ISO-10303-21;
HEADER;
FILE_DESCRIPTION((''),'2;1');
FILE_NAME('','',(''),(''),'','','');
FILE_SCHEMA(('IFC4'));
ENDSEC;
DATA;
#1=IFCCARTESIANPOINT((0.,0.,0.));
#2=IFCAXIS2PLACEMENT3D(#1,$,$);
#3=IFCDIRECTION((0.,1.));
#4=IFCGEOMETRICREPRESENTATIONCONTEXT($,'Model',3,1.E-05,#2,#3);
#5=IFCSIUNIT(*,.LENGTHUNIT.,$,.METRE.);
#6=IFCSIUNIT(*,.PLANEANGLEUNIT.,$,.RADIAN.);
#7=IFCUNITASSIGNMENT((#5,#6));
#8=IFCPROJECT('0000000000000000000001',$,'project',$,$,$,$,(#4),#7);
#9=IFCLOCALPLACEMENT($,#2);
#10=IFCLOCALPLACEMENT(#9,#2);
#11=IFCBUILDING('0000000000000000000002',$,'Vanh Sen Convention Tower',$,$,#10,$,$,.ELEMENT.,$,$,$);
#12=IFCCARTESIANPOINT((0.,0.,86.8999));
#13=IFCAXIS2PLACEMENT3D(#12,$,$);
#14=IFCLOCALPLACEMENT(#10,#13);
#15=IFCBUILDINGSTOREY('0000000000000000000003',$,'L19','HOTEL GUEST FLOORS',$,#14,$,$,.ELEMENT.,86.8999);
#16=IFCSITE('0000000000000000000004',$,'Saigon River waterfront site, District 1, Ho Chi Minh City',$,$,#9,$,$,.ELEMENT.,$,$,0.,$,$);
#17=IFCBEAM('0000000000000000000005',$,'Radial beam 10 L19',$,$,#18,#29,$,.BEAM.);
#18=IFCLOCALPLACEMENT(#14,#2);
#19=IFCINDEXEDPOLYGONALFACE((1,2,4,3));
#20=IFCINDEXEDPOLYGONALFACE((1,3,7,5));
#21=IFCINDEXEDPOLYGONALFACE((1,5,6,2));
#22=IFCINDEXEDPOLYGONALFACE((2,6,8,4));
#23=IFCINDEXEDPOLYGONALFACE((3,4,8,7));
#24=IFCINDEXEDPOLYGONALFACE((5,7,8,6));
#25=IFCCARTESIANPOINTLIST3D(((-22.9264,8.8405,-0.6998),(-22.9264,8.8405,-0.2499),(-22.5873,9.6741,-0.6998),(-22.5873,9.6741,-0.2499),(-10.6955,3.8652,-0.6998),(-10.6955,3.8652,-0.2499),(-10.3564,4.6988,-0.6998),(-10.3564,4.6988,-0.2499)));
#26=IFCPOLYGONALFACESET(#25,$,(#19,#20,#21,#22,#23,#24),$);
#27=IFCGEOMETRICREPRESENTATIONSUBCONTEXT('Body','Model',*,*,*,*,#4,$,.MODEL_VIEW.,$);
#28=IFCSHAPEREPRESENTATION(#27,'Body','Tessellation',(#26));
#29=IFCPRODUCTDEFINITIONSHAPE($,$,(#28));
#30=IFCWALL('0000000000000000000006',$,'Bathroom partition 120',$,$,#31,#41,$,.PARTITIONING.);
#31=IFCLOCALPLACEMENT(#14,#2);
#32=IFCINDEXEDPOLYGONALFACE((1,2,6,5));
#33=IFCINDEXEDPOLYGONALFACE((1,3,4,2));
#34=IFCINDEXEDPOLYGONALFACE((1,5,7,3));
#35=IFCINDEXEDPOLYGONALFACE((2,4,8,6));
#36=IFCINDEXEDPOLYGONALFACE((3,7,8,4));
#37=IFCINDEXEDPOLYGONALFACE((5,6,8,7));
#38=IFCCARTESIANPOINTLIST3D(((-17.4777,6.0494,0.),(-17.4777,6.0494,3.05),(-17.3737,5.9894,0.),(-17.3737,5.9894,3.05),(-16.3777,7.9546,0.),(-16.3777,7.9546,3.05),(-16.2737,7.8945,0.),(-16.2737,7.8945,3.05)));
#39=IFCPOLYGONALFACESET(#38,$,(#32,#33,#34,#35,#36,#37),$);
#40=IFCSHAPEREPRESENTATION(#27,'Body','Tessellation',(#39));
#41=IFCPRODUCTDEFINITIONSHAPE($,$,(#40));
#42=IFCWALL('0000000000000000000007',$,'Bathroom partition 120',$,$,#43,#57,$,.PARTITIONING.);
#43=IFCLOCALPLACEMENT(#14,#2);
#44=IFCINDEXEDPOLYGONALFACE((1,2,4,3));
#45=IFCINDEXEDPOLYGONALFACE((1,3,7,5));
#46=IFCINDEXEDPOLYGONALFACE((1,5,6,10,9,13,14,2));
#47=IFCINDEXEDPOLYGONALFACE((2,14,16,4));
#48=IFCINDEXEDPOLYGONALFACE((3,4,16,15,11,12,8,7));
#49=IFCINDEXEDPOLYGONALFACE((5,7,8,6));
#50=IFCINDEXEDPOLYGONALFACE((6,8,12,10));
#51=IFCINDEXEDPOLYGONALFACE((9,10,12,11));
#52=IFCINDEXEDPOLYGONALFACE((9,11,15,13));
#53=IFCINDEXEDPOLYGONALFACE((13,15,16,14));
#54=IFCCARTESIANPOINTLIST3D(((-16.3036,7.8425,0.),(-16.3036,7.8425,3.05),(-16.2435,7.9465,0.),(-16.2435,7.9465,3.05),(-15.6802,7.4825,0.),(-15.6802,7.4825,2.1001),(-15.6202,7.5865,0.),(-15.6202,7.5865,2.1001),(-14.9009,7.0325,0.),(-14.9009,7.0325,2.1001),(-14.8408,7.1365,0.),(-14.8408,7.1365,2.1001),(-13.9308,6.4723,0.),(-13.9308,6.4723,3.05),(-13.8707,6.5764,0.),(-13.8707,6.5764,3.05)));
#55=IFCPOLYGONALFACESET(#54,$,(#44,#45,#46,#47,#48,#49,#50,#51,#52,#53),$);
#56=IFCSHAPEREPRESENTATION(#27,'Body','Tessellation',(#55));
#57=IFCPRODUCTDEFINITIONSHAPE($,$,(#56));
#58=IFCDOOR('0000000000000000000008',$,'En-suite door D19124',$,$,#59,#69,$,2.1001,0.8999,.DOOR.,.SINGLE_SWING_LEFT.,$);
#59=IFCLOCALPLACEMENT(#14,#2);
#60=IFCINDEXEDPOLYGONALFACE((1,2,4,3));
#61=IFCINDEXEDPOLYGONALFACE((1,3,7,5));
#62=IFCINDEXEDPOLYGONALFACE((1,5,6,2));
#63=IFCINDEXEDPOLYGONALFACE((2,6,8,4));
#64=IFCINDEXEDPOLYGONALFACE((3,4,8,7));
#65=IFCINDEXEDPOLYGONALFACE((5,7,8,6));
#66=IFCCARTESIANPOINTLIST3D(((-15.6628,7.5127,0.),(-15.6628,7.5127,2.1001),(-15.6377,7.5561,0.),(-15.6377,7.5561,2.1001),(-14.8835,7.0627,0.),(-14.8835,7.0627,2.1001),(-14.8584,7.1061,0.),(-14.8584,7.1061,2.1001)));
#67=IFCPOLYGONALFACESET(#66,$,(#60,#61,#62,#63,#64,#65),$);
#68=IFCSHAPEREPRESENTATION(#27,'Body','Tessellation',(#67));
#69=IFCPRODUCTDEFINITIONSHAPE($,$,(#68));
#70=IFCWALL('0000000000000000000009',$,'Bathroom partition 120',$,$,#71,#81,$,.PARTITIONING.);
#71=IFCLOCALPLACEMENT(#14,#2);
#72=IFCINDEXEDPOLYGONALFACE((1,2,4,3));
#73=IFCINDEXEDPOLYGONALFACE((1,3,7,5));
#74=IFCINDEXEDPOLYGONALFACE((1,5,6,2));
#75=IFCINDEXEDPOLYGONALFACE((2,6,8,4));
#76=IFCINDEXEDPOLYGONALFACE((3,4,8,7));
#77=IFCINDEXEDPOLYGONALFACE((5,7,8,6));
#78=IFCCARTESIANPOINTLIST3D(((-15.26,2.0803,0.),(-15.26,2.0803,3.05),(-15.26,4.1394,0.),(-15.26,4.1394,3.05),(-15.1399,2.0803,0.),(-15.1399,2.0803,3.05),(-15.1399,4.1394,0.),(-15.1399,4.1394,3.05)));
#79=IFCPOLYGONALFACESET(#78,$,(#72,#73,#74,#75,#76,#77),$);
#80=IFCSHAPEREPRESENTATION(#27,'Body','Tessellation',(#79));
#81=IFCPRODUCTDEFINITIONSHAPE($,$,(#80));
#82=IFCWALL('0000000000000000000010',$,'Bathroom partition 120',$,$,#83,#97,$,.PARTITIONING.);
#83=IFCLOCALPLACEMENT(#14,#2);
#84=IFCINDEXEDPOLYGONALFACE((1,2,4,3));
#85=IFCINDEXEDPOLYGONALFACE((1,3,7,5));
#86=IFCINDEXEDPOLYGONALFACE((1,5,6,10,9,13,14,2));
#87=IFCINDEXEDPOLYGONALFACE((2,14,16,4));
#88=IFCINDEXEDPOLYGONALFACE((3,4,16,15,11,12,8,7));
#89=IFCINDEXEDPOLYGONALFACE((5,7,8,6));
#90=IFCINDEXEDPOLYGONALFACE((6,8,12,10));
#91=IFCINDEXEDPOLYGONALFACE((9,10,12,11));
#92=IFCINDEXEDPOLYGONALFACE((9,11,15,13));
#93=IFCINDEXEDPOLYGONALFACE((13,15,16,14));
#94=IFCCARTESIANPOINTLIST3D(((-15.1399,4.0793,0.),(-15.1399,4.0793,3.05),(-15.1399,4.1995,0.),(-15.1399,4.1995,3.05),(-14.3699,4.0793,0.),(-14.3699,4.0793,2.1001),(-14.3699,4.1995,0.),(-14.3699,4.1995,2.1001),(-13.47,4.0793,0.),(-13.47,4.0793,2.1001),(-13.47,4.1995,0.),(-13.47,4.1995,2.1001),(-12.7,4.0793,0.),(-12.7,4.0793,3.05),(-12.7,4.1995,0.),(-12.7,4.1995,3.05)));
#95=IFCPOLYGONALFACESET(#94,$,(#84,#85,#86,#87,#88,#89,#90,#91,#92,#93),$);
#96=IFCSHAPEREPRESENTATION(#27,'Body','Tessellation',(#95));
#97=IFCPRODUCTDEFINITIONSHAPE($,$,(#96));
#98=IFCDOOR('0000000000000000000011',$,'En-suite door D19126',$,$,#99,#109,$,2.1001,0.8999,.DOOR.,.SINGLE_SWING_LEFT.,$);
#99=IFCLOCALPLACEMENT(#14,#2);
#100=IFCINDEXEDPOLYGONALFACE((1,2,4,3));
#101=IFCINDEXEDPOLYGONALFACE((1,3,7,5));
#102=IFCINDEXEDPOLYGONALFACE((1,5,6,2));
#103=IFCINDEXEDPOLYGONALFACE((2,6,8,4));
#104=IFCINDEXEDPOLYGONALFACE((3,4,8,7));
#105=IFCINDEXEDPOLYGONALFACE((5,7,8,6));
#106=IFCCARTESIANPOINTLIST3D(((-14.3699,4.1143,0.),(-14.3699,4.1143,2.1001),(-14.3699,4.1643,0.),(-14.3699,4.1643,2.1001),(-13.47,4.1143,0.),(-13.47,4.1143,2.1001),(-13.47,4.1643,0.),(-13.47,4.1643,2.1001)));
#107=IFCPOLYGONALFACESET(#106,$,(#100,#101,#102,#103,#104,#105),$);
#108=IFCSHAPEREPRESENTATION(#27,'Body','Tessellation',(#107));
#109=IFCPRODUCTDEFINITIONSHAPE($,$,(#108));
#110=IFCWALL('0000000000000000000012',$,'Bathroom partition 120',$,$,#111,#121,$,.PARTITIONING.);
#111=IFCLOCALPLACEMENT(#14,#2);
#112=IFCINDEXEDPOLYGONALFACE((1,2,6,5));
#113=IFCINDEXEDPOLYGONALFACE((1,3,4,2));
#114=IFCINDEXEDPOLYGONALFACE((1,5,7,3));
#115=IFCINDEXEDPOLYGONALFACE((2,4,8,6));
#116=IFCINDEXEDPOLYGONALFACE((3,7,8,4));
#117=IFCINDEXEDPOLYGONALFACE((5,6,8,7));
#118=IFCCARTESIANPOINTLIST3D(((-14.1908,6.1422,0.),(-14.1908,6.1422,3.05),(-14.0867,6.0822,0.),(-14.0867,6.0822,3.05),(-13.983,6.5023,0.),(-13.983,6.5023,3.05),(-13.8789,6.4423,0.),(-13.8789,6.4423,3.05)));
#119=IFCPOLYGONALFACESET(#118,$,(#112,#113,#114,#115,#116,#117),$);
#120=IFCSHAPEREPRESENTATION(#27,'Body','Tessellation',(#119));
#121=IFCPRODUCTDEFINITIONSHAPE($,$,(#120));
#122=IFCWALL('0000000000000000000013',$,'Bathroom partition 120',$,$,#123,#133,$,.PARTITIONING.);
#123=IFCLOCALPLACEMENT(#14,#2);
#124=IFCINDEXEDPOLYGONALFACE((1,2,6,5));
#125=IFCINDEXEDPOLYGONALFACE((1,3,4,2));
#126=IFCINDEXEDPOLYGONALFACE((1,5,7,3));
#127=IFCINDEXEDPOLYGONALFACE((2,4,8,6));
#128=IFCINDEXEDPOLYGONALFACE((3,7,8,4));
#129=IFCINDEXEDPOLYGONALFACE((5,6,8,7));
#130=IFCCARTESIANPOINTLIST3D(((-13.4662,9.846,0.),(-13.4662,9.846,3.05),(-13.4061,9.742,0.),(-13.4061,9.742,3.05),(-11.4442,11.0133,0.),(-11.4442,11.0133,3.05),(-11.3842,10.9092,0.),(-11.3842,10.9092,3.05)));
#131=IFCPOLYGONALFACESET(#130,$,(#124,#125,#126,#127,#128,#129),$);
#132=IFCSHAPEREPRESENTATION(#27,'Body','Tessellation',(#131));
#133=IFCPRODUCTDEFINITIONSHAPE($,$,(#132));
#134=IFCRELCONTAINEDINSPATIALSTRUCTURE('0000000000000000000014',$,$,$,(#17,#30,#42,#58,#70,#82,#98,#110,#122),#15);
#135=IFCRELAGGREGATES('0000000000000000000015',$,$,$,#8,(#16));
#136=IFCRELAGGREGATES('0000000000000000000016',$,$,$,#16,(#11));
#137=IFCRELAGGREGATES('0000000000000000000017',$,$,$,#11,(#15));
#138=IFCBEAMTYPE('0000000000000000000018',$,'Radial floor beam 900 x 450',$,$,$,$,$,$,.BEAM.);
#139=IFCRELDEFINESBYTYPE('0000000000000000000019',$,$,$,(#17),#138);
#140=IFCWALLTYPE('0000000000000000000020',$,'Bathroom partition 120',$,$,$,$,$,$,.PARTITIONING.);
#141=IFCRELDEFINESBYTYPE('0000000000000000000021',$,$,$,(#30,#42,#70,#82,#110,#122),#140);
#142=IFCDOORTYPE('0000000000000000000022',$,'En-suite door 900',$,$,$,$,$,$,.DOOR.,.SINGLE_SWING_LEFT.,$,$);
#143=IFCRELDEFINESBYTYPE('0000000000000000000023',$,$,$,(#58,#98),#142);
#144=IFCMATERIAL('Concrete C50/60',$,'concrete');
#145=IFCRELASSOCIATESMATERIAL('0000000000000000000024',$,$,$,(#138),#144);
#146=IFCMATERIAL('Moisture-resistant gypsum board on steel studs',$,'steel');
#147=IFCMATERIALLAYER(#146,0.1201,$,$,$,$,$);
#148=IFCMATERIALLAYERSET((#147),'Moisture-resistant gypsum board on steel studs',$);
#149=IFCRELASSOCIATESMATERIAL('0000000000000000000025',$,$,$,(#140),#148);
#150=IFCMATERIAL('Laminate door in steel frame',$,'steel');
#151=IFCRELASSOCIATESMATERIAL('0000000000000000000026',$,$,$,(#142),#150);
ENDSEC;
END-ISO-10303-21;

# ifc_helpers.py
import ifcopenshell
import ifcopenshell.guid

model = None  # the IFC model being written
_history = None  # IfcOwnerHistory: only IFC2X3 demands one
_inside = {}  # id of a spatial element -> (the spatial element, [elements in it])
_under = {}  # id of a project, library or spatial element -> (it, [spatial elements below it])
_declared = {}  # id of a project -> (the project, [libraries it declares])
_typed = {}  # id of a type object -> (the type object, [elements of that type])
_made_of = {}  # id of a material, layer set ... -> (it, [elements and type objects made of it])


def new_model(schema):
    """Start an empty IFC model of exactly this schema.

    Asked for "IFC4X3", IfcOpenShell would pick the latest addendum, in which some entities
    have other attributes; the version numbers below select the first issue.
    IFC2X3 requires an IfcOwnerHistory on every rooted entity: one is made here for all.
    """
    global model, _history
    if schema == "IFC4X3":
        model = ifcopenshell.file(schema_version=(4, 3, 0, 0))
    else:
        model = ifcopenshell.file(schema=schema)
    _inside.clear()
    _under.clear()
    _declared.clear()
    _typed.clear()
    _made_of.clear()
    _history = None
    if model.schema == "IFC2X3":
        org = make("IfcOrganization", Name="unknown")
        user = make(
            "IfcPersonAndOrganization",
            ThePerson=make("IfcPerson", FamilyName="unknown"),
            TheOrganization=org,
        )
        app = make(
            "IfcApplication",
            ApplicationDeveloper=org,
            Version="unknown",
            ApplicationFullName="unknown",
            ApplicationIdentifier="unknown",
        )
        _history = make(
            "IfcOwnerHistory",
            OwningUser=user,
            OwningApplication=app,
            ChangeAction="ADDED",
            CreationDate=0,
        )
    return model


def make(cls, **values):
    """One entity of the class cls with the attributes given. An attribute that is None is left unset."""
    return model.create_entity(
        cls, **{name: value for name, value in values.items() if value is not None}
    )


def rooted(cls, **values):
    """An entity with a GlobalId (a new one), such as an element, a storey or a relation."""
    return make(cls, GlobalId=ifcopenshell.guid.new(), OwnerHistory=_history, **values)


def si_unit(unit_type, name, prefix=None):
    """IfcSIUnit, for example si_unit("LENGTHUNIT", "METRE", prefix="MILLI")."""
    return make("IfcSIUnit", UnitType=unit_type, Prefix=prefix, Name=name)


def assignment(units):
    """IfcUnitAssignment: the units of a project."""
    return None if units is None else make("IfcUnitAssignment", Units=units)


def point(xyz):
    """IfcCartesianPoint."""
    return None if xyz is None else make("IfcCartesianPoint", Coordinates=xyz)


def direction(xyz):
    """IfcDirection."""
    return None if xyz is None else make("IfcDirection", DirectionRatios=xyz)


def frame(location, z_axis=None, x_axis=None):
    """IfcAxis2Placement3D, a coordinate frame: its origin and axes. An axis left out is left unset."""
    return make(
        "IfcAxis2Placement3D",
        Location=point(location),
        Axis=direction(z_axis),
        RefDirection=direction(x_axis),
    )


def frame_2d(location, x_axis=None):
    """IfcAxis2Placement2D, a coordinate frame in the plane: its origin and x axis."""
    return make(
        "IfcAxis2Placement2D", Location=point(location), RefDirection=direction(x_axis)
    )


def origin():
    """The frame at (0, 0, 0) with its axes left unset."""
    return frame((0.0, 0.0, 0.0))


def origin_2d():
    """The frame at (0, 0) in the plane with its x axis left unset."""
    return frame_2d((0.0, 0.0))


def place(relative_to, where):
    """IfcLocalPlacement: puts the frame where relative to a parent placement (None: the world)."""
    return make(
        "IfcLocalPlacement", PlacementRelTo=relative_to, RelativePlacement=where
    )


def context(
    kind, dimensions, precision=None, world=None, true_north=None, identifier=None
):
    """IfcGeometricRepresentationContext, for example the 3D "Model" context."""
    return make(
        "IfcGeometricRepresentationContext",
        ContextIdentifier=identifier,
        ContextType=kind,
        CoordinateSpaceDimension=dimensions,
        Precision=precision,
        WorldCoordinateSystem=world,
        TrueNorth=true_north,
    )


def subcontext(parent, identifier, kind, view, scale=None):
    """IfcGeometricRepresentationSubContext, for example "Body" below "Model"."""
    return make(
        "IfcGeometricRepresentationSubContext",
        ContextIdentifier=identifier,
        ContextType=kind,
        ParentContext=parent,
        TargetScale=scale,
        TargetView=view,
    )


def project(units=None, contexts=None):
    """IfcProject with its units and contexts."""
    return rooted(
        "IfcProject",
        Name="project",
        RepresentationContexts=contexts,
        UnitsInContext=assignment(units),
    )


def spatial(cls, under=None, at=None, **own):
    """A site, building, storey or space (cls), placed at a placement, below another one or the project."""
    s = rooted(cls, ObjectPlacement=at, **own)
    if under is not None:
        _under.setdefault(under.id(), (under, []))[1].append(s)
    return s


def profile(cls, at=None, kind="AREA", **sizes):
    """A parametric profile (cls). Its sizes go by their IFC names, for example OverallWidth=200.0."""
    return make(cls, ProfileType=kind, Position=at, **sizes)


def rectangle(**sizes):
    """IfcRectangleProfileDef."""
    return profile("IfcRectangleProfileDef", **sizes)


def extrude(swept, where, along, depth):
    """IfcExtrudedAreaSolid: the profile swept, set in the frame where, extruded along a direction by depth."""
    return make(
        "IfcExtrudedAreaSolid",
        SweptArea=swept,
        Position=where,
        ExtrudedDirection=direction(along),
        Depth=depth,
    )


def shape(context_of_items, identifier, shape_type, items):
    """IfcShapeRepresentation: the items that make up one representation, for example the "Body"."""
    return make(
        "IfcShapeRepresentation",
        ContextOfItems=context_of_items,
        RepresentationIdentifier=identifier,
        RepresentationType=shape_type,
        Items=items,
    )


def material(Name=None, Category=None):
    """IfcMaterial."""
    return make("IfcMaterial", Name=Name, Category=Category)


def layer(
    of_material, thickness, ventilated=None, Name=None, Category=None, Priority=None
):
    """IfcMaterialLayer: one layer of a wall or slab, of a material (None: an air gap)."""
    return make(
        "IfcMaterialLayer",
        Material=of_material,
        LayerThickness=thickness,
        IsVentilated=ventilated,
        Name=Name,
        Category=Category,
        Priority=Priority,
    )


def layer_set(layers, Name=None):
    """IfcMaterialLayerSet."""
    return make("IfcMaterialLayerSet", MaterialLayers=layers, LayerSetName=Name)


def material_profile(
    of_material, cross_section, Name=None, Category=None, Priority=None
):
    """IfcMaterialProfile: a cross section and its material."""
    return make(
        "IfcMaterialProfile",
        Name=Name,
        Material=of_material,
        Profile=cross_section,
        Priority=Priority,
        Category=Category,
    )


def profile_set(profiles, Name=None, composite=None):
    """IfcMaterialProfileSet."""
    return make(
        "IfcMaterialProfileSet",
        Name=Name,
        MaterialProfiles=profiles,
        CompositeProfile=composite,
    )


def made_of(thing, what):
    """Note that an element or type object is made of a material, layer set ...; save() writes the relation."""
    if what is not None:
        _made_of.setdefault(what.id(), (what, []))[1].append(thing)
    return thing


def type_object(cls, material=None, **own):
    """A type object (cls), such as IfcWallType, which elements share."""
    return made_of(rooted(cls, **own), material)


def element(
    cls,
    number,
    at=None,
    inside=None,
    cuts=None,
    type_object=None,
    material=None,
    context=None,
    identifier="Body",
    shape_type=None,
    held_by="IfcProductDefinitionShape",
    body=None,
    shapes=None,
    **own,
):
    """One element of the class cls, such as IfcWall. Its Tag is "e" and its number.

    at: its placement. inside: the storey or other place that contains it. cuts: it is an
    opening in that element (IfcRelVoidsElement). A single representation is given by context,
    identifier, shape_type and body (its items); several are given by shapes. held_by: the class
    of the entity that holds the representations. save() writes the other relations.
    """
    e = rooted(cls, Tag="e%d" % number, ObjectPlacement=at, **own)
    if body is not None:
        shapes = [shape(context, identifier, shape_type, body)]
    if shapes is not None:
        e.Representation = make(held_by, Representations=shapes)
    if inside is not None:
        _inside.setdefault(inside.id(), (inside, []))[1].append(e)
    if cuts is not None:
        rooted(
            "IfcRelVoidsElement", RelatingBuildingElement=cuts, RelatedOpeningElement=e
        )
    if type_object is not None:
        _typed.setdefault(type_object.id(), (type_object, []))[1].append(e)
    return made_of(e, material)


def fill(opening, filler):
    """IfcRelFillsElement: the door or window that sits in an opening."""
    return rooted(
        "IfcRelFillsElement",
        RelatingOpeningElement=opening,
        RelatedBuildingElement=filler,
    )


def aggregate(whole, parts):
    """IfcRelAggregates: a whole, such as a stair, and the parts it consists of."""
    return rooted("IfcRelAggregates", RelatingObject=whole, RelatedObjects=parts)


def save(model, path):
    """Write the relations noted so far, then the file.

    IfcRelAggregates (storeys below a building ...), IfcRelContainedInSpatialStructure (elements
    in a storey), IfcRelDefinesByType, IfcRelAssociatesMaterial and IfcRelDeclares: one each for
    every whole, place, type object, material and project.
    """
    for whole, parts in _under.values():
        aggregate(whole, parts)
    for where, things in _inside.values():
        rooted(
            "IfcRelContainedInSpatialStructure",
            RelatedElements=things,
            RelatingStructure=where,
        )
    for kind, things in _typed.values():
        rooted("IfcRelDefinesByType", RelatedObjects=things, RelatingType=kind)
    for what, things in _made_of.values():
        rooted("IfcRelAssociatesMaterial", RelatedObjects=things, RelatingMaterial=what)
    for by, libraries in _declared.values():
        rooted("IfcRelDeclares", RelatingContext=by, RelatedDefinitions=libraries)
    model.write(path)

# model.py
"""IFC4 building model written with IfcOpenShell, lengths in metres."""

from ifc_helpers import new_model, si_unit, direction, frame, frame_2d, origin, origin_2d, place, context, subcontext, project, spatial, rectangle, extrude, material, layer, layer_set, material_profile, profile_set, type_object, element, fill, save


model = new_model("IFC4")

# Units and contexts
model_context = context("Model", 3, precision=1e-05, world=origin(), true_north=direction((0.0, 1.0)))
body_context = subcontext(model_context, "Body", "Model", "MODEL_VIEW")
ifc_project = project(units=[si_unit("LENGTHUNIT", "METRE"), si_unit("PLANEANGLEUNIT", "RADIAN")], contexts=[model_context])

# Site, building, storey
site_placement = place(None, origin())
site = spatial("IfcSite", under=ifc_project, at=site_placement, Name="Saigon River waterfront site, District 1, Ho Chi Minh City", CompositionType="ELEMENT", RefElevation=0.0)
building_placement = place(site_placement, origin())
building = spatial("IfcBuilding", under=site, at=building_placement, Name="Vanh Sen Convention Tower", CompositionType="ELEMENT")
storey_placement = place(building_placement, frame((0.0, 0.0, 86.8999)))
storey = spatial("IfcBuildingStorey", under=building, at=storey_placement, Name="L19", Description="HOTEL GUEST FLOORS", CompositionType="ELEMENT", Elevation=86.8999)

# Beam
ifc_material_1 = material(Name="Concrete C50/60", Category="concrete")
ifc_material_profile = material_profile(ifc_material_1, rectangle(XDim=0.8999, YDim=0.45, at=origin_2d()), Name="RC 900X450")
ifc_profile_set = profile_set([ifc_material_profile], Name="Concrete C50/60")
beam_type = type_object("IfcBeamType", Name="Radial floor beam 900 x 450", PredefinedType="BEAM", material=ifc_profile_set)
beam_placement = place(storey_placement, frame((-22.7568, 9.2573, -0.4749), z_axis=(0.926294, -0.376801, 0.0), x_axis=(0.376801, 0.926294, 0.0)))
element("IfcBeam", 1, at=beam_placement, inside=storey, type_object=beam_type, Name="Radial beam 10 L19", PredefinedType="BEAM", context=body_context, shape_type="SweptSolid", body=[
    extrude(rectangle(XDim=0.8999, YDim=0.45, at=origin_2d()), origin(), (0.0, 0.0, 1.0), 13.2041),
])

# Wall
ifc_material_2 = material(Name="Moisture-resistant gypsum board on steel studs", Category="steel")
ifc_layer_1 = layer(ifc_material_2, 0.1201)
ifc_layer_set_1 = layer_set([ifc_layer_1], Name="Moisture-resistant gypsum board on steel studs")
wall_type_1 = type_object("IfcWallType", Name="Bathroom partition 120", PredefinedType="PARTITIONING", material=ifc_layer_set_1)
wall_1_placement = place(storey_placement, frame((-17.4258, 6.0193, 0.0), z_axis=(0.0, 0.0, 1.0), x_axis=(0.50003, 0.866008, 0.0)))
element("IfcWall", 2, at=wall_1_placement, inside=storey, type_object=wall_type_1, Name="Bathroom partition 120", PredefinedType="PARTITIONING", context=body_context, shape_type="SweptSolid", body=[
    extrude(rectangle(XDim=2.2, YDim=0.1201, at=frame_2d((1.1001, 0.0))), origin(), (0.0, 0.0, 1.0), 3.05),
])

# Wall, opening, door
wall_2_placement = place(storey_placement, frame((-16.2737, 7.8945, 0.0), z_axis=(0.0, 0.0, 1.0), x_axis=(0.865997, -0.500049, 0.0)))
wall_2 = element("IfcWall", 3, at=wall_2_placement, inside=storey, type_object=wall_type_1, Name="Bathroom partition 120", PredefinedType="PARTITIONING", context=body_context, shape_type="SweptSolid", body=[
    extrude(rectangle(XDim=2.74, YDim=0.1201, at=frame_2d((1.3701, 0.0))), origin(), (0.0, 0.0, 1.0), 3.05),
])
opening_1_placement = place(wall_2_placement, frame((0.72, 0.0, 0.0)))
opening_1 = element("IfcOpeningElement", 4, at=opening_1_placement, cuts=wall_2, PredefinedType="OPENING", context=body_context, shape_type="SweptSolid", body=[
    extrude(rectangle(XDim=0.8999, YDim=2.1001, at=frame_2d((0.45, 1.05))), frame((0.0, 0.0701, 0.0), z_axis=(0.0, -1.0, 0.0), x_axis=(1.0, 0.0, 0.0)), (0.0, 0.0, 1.0), 0.1401),
])
ifc_material_3 = material(Name="Laminate door in steel frame", Category="steel")
door_type_1 = type_object("IfcDoorType", Name="En-suite door 900", OperationType="SINGLE_SWING_LEFT", PredefinedType="DOOR", material=ifc_material_3)
door_1_placement = place(opening_1_placement, origin())
door_1 = element("IfcDoor", 5, at=door_1_placement, inside=storey, type_object=door_type_1, Name="En-suite door D19124", OperationType="SINGLE_SWING_LEFT", OverallHeight=2.1001, OverallWidth=0.8999, PredefinedType="DOOR", context=body_context, shape_type="SweptSolid", body=[
    extrude(rectangle(XDim=0.8999, YDim=2.1001, at=frame_2d((0.45, 1.05))), frame((0.0, 0.0249, 0.0), z_axis=(0.0, -1.0, 0.0), x_axis=(1.0, 0.0, 0.0)), (0.0, 0.0, 1.0), 0.05),
])
fill(opening_1, door_1)

# Wall
wall_3_placement = place(storey_placement, frame((-15.2, 2.0803, 0.0), z_axis=(0.0, 0.0, 1.0), x_axis=(0.0, 1.0, 0.0)))
element("IfcWall", 6, at=wall_3_placement, inside=storey, type_object=wall_type_1, Name="Bathroom partition 120", PredefinedType="PARTITIONING", context=body_context, shape_type="SweptSolid", body=[
    extrude(rectangle(XDim=2.0591, YDim=0.1201, at=frame_2d((1.0295, 0.0))), origin(), (0.0, 0.0, 1.0), 3.05),
])

# Wall, opening, door
wall_4_placement = place(storey_placement, frame((-15.1399, 4.1394, 0.0), z_axis=(0.0, 0.0, 1.0), x_axis=(1.0, 0.0, 0.0)))
wall_4 = element("IfcWall", 7, at=wall_4_placement, inside=storey, type_object=wall_type_1, Name="Bathroom partition 120", PredefinedType="PARTITIONING", context=body_context, shape_type="SweptSolid", body=[
    extrude(rectangle(XDim=2.4399, YDim=0.1201, at=frame_2d((1.22, 0.0))), origin(), (0.0, 0.0, 1.0), 3.05),
])
opening_2_placement = place(wall_4_placement, frame((0.77, 0.0, 0.0)))
opening_2 = element("IfcOpeningElement", 8, at=opening_2_placement, cuts=wall_4, PredefinedType="OPENING", context=body_context, shape_type="SweptSolid", body=[
    extrude(rectangle(XDim=0.8999, YDim=2.1001, at=frame_2d((0.45, 1.05))), frame((0.0, 0.0701, 0.0), z_axis=(0.0, -1.0, 0.0), x_axis=(1.0, 0.0, 0.0)), (0.0, 0.0, 1.0), 0.1401),
])
door_2_placement = place(opening_2_placement, origin())
door_2 = element("IfcDoor", 9, at=door_2_placement, inside=storey, type_object=door_type_1, Name="En-suite door D19126", OperationType="SINGLE_SWING_LEFT", OverallHeight=2.1001, OverallWidth=0.8999, PredefinedType="DOOR", context=body_context, shape_type="SweptSolid", body=[
    extrude(rectangle(XDim=0.8999, YDim=2.1001, at=frame_2d((0.45, 1.05))), frame((0.0, 0.0249, 0.0), z_axis=(0.0, -1.0, 0.0), x_axis=(1.0, 0.0, 0.0)), (0.0, 0.0, 1.0), 0.05),
])
fill(opening_2, door_2)

# Walls
wall_5_placement = place(storey_placement, frame((-13.9309, 6.4724, 0.0), z_axis=(0.0, 0.0, 1.0), x_axis=(-0.499739, -0.866176, 0.0)))
element("IfcWall", 10, at=wall_5_placement, inside=storey, type_object=wall_type_1, Name="Bathroom partition 120", PredefinedType="PARTITIONING", context=body_context, shape_type="SweptSolid", body=[
    extrude(rectangle(XDim=0.4158, YDim=0.1201, at=frame_2d((0.208, 0.0))), origin(), (0.0, 0.0, 1.0), 3.05),
])
wall_6_placement = place(storey_placement, frame((-13.4363, 9.7939, 0.0), z_axis=(0.0, 0.0, 1.0), x_axis=(0.866053, 0.499952, 0.0)))
element("IfcWall", 11, at=wall_6_placement, inside=storey, type_object=wall_type_1, Name="Bathroom partition 120", PredefinedType="PARTITIONING", context=body_context, shape_type="SweptSolid", body=[
    extrude(rectangle(XDim=2.3347, YDim=0.1201, at=frame_2d((1.1675, 0.0))), origin(), (0.0, 0.0, 1.0), 3.05),
])

save(model, "model.ifc")
